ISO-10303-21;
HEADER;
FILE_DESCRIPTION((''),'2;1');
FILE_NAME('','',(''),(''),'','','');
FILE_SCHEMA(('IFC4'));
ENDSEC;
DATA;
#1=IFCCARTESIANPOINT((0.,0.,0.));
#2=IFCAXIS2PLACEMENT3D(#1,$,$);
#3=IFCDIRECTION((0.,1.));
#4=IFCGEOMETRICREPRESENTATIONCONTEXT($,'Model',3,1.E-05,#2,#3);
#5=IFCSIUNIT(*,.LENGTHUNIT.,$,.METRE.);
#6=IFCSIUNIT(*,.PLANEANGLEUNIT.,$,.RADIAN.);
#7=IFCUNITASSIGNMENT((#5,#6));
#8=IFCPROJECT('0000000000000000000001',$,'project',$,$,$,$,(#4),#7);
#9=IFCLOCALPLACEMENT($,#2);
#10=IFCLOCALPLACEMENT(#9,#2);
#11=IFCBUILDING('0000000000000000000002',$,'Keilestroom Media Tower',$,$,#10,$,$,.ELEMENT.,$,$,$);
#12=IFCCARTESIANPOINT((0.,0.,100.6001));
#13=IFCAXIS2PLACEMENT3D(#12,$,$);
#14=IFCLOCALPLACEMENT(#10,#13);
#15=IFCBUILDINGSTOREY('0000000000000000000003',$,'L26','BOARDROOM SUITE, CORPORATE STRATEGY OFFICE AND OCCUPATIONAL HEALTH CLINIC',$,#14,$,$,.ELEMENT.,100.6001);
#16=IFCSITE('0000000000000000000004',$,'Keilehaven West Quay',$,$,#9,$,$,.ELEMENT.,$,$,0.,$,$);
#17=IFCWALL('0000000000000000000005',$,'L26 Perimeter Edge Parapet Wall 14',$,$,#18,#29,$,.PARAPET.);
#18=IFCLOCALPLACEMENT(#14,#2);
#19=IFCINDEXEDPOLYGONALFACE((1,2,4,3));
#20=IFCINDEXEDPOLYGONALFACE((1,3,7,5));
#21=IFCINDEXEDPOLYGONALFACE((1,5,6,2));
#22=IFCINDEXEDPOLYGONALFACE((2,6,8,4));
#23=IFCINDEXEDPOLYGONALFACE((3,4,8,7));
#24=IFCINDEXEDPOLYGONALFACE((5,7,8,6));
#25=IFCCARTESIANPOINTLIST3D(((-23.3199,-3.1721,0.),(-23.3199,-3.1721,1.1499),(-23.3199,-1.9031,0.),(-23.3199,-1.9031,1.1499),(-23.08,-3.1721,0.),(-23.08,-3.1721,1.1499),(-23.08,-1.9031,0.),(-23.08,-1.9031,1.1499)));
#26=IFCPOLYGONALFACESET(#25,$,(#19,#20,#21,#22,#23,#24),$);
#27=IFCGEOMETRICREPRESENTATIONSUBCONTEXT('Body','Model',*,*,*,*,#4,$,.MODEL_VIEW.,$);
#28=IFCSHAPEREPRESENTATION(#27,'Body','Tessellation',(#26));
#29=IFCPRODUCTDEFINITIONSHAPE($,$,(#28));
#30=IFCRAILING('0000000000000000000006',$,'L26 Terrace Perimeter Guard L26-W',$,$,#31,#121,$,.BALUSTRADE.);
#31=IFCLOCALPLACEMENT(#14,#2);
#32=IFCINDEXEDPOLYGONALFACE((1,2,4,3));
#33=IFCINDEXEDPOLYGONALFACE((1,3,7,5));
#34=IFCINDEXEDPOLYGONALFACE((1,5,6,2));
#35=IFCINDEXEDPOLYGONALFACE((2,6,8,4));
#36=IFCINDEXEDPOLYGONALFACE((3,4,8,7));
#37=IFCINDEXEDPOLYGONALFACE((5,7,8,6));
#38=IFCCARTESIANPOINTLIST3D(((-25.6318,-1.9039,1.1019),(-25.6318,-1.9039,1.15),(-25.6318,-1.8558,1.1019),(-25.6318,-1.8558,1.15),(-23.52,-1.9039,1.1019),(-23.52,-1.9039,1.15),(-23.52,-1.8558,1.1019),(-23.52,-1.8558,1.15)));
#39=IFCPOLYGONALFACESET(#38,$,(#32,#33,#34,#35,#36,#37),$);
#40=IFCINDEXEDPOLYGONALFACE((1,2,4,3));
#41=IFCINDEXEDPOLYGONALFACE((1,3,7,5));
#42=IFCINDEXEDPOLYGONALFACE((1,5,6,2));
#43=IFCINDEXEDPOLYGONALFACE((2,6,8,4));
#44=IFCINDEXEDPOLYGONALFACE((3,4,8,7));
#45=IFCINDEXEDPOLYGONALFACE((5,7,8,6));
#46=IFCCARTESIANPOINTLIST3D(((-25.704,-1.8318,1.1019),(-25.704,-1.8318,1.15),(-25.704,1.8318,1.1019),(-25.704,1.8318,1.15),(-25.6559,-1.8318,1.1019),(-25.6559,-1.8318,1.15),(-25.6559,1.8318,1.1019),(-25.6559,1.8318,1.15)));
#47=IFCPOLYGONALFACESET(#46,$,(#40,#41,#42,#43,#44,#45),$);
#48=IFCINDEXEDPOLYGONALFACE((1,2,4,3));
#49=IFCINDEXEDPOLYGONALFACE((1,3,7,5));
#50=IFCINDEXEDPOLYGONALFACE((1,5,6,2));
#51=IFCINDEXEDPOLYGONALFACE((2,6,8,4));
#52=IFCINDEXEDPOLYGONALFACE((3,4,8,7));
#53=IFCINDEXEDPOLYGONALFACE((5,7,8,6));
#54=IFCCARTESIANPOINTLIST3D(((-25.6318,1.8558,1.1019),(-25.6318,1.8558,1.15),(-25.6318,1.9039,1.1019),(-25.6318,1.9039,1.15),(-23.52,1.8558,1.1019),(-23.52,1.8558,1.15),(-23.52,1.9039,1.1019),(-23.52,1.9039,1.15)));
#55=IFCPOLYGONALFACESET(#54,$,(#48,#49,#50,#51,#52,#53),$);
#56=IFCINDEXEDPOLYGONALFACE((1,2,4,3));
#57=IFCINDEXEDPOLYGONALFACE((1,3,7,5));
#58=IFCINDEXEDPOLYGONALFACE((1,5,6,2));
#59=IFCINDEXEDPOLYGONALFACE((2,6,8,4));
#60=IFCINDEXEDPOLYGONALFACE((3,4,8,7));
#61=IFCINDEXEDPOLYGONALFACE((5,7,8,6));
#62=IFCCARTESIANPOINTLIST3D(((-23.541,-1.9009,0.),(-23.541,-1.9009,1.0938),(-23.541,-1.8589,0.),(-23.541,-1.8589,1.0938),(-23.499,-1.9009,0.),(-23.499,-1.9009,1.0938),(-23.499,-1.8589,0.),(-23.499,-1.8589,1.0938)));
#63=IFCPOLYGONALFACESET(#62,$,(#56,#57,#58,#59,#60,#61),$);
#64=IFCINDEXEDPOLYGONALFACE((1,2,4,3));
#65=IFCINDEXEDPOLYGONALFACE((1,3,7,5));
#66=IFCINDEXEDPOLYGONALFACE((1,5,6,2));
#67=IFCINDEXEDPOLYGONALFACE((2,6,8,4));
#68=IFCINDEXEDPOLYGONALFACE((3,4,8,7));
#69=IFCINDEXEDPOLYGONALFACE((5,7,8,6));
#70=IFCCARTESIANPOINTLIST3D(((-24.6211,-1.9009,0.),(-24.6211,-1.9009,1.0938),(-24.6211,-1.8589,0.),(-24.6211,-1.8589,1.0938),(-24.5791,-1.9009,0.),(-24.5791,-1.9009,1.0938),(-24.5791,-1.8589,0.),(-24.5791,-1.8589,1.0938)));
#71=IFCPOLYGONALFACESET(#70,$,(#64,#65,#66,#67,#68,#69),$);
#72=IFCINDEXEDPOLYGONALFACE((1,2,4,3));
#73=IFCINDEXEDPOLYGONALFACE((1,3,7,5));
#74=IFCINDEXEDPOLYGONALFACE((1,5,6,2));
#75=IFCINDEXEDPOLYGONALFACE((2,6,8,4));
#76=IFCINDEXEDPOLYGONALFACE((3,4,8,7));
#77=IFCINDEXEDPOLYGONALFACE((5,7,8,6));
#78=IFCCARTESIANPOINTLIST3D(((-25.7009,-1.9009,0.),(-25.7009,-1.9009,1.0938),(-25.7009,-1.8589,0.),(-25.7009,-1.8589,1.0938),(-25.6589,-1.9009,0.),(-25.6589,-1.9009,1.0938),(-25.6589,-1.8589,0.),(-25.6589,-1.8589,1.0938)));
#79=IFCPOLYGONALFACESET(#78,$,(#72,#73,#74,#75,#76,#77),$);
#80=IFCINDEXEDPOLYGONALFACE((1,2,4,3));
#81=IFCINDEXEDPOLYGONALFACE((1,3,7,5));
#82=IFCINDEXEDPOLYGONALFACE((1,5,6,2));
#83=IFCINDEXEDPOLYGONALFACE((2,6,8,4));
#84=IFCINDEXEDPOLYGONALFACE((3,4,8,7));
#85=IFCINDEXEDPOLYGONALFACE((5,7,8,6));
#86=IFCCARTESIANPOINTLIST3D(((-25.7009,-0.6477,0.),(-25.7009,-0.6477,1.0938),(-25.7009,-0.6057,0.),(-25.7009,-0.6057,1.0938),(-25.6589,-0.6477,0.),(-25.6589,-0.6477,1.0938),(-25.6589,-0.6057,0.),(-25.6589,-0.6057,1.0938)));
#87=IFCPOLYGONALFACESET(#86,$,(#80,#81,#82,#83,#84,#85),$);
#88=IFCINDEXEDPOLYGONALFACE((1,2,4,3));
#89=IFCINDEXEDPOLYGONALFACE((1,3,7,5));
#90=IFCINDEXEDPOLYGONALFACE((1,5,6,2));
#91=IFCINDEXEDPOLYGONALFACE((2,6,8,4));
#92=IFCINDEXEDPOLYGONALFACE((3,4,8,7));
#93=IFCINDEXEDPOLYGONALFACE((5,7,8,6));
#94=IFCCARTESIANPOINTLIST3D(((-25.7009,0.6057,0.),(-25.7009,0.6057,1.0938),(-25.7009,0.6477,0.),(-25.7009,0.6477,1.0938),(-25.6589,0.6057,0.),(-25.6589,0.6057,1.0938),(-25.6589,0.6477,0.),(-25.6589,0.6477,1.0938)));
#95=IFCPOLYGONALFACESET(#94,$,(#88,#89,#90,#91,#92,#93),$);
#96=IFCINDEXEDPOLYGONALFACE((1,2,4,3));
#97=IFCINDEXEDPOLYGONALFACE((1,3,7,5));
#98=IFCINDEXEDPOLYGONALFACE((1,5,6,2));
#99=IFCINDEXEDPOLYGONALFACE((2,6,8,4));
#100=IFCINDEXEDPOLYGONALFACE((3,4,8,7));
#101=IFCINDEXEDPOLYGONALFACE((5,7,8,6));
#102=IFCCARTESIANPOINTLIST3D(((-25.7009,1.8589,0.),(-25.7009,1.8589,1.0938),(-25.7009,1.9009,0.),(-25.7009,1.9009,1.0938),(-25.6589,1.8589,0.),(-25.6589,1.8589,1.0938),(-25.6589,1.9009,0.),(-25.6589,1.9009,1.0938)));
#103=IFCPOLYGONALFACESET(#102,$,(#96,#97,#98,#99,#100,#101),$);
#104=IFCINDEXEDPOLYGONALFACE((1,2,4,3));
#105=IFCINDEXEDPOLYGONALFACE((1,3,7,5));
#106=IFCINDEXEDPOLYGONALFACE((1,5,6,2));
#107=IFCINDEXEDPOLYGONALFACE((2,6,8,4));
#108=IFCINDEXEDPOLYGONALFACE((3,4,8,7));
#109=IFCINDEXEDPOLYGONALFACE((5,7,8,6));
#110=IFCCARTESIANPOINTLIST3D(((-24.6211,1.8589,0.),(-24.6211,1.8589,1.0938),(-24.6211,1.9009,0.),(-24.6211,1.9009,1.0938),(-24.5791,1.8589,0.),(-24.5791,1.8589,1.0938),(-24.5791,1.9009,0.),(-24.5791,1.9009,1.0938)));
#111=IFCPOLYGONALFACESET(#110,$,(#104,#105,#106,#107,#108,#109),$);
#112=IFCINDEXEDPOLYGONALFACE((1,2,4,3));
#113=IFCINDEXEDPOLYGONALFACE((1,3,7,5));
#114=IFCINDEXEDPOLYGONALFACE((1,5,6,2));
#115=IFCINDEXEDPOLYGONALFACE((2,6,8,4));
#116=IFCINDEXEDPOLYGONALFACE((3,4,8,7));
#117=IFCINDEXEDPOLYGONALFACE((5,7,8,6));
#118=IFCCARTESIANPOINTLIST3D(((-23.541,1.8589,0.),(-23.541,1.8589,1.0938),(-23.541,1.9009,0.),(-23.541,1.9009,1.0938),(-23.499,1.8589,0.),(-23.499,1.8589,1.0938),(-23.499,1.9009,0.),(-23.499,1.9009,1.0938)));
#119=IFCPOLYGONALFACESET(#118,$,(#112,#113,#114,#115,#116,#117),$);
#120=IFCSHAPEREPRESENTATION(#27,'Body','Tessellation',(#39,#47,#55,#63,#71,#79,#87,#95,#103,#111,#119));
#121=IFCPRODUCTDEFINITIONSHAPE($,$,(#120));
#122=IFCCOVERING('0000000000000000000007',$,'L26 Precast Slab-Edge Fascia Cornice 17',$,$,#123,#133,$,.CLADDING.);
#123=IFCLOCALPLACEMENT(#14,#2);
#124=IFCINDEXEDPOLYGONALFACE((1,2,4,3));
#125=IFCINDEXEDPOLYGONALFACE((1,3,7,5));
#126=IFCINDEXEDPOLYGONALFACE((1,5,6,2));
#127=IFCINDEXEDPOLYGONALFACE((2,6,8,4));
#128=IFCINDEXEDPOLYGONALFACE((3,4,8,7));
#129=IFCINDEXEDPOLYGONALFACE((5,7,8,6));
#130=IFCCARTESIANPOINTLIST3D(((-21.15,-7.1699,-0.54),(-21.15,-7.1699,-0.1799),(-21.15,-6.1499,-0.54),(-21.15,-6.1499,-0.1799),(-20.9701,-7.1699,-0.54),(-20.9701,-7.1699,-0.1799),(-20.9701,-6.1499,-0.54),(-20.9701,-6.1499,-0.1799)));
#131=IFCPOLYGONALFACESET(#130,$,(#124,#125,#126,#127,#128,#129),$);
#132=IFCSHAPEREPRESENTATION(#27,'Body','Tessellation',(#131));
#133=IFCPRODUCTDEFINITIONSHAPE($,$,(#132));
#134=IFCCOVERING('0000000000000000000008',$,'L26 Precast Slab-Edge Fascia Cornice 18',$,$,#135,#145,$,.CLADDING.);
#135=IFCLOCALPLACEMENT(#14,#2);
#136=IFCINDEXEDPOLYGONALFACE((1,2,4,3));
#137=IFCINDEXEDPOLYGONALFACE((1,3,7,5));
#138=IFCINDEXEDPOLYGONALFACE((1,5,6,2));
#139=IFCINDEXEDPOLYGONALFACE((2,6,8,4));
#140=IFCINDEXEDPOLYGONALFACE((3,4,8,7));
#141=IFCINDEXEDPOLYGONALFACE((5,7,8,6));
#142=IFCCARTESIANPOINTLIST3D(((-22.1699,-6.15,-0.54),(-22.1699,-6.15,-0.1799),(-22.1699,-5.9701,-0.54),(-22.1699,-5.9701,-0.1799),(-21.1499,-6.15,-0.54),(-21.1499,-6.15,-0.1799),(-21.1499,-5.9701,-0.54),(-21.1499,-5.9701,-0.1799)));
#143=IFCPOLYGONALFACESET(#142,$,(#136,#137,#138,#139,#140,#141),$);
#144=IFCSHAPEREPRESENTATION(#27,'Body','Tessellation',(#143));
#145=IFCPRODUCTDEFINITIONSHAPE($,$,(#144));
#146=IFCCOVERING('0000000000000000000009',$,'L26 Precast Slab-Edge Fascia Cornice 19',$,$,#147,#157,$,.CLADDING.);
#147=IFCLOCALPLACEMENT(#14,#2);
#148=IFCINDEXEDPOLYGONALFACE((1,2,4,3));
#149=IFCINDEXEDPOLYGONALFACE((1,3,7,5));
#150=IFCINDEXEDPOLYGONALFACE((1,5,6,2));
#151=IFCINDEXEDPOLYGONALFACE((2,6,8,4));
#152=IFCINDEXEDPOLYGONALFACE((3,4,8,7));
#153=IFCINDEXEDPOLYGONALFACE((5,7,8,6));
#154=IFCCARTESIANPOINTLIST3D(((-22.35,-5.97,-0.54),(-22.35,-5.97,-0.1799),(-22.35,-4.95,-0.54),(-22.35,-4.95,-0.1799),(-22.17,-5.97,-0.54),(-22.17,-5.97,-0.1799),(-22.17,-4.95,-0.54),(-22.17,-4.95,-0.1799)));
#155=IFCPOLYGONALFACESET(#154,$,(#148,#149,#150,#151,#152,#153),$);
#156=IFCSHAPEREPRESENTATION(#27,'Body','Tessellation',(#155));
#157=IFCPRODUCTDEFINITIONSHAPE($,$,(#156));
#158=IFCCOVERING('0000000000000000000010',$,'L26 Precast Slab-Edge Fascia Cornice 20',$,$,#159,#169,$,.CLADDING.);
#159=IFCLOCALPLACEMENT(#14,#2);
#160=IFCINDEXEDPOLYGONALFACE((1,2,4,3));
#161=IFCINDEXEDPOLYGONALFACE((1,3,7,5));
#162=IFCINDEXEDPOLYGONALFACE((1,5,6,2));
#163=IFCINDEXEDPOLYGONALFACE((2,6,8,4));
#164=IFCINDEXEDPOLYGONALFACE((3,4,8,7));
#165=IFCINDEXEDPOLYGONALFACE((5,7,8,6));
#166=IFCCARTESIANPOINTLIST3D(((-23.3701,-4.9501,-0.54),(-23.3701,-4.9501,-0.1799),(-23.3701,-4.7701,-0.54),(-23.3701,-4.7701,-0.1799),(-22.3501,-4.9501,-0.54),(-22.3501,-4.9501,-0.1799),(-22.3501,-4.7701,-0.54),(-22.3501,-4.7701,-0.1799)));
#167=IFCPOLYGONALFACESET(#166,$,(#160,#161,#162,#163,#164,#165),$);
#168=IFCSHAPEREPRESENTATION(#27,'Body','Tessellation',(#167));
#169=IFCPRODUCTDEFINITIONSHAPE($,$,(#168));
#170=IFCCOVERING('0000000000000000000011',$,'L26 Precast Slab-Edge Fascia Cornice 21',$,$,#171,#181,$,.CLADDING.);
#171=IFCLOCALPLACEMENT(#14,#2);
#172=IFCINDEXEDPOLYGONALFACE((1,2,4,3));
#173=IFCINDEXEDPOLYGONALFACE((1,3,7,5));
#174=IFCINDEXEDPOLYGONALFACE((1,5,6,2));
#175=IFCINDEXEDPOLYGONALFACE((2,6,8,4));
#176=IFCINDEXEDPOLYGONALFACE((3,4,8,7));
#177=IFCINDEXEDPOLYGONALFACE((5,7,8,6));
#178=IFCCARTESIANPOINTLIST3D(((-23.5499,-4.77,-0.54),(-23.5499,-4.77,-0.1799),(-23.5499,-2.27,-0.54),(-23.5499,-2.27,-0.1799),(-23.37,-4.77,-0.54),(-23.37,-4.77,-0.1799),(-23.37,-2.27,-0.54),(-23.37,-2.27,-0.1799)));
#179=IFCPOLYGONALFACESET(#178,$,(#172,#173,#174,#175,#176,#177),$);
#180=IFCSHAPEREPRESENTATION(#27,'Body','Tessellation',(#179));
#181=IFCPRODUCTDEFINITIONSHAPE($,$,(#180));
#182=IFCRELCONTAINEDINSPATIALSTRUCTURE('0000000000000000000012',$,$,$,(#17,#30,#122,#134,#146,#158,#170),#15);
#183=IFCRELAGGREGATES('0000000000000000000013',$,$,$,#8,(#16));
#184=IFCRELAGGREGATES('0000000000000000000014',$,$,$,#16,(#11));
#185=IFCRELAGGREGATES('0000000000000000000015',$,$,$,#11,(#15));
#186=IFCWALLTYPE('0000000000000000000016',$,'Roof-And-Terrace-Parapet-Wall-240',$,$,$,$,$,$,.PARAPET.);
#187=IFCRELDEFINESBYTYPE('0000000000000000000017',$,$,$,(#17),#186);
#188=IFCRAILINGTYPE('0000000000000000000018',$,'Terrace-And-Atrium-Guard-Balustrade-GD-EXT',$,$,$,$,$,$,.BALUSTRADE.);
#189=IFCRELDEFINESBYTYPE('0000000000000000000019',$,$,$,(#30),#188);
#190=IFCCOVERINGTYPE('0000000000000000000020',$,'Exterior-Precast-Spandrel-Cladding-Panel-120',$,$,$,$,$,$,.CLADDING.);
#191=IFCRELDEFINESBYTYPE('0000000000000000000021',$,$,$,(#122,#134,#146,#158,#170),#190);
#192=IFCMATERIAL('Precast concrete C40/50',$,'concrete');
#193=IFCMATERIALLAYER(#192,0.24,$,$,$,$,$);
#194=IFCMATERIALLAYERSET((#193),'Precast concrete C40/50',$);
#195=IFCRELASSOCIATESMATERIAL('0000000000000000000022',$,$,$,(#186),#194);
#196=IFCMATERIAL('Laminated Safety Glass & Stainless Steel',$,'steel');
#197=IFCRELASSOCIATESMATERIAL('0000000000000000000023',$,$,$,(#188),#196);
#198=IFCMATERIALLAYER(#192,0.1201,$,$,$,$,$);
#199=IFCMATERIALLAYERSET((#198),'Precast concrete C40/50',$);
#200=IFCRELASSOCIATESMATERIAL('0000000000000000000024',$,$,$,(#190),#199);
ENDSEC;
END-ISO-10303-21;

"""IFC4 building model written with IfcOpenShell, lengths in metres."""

from ifc_helpers import new_model, si_unit, direction, frame, frame_2d, origin, origin_2d, place, context, subcontext, project, spatial, rectangle, extrude, source, transform, mapped, material, layer, layer_set, type_object, element, save


model = new_model("IFC4")

# Units and contexts
model_context = context("Model", 3, precision=1e-05, world=origin(), true_north=direction((0.0, 1.0)))
body_context = subcontext(model_context, "Body", "Model", "MODEL_VIEW")
ifc_project = project(units=[si_unit("LENGTHUNIT", "METRE"), si_unit("PLANEANGLEUNIT", "RADIAN")], contexts=[model_context])

# Site, building, storey
site_placement = place(None, origin())
site = spatial("IfcSite", under=ifc_project, at=site_placement, Name="Keilehaven West Quay", CompositionType="ELEMENT", RefElevation=0.0)
building_placement = place(site_placement, origin())
building = spatial("IfcBuilding", under=site, at=building_placement, Name="Keilestroom Media Tower", CompositionType="ELEMENT")
storey_placement = place(building_placement, frame((0.0, 0.0, 100.6001)))
storey = spatial("IfcBuildingStorey", under=building, at=storey_placement, Name="L26", Description="BOARDROOM SUITE, CORPORATE STRATEGY OFFICE AND OCCUPATIONAL HEALTH CLINIC", CompositionType="ELEMENT", Elevation=100.6001)

# Shared definitions
ifc_material_1 = material(Name="Precast concrete C40/50", Category="concrete")

# Wall
ifc_layer_1 = layer(ifc_material_1, 0.24)
ifc_layer_set_1 = layer_set([ifc_layer_1], Name="Precast concrete C40/50")
wall_type_1 = type_object("IfcWallType", Name="Roof-And-Terrace-Parapet-Wall-240", PredefinedType="PARAPET", material=ifc_layer_set_1)
wall_1_placement = place(storey_placement, frame((-23.2, -3.1721, 0.0), z_axis=(0.0, 0.0, 1.0), x_axis=(0.0, 1.0, 0.0)))
element("IfcWall", 1, at=wall_1_placement, inside=storey, type_object=wall_type_1, Name="L26 Perimeter Edge Parapet Wall 14", PredefinedType="PARAPET", context=body_context, shape_type="SweptSolid", body=[
    extrude(rectangle(XDim=1.269, YDim=0.24, at=frame_2d((0.6345, 0.0))), origin(), (0.0, 0.0, 1.0), 1.1499),
])

# Railing
ifc_material_2 = material(Name="Laminated Safety Glass & Stainless Steel", Category="steel")
railing_type = type_object("IfcRailingType", Name="Terrace-And-Atrium-Guard-Balustrade-GD-EXT", PredefinedType="BALUSTRADE", material=ifc_material_2)
railing_placement = place(storey_placement, frame((-23.52, -1.8799, 0.0)))
element("IfcRailing", 2, at=railing_placement, inside=storey, type_object=railing_type, Name="L26 Terrace Perimeter Guard L26-W", PredefinedType="BALUSTRADE", context=body_context, shape_type="SweptSolid", body=[
    extrude(rectangle(XDim=0.0481, YDim=0.0481, at=origin_2d()), frame((0.0, 0.0, 1.126), z_axis=(-1.0, 0.0, 0.0), x_axis=(0.0, -1.0, 0.0)), (0.0, 0.0, 1.0), 2.1118),
    extrude(rectangle(XDim=0.0481, YDim=0.0481, at=origin_2d()), frame((-2.1599, 0.0481, 1.126), z_axis=(0.0, 1.0, 0.0), x_axis=(-1.0, 0.0, 0.0)), (0.0, 0.0, 1.0), 3.6636),
    extrude(rectangle(XDim=0.0481, YDim=0.0481, at=origin_2d()), frame((-2.1118, 3.7598, 1.126), z_axis=(1.0, 0.0, 0.0), x_axis=(0.0, 1.0, 0.0)), (0.0, 0.0, 1.0), 2.1118),
    extrude(rectangle(XDim=0.042, YDim=0.042, at=origin_2d()), origin(), (0.0, 0.0, 1.0), 1.0938),
    extrude(rectangle(XDim=0.042, YDim=0.042, at=origin_2d()), frame((-1.0801, 0.0, 0.0)), (0.0, 0.0, 1.0), 1.0938),
    extrude(rectangle(XDim=0.042, YDim=0.042, at=origin_2d()), frame((-2.1599, 0.0, 0.0)), (0.0, 0.0, 1.0), 1.0938),
    extrude(rectangle(XDim=0.042, YDim=0.042, at=origin_2d()), frame((-2.1599, 1.2532, 0.0)), (0.0, 0.0, 1.0), 1.0938),
    extrude(rectangle(XDim=0.042, YDim=0.042, at=origin_2d()), frame((-2.1599, 2.5066, 0.0)), (0.0, 0.0, 1.0), 1.0938),
    extrude(rectangle(XDim=0.042, YDim=0.042, at=origin_2d()), frame((-2.1599, 3.7598, 0.0)), (0.0, 0.0, 1.0), 1.0938),
    extrude(rectangle(XDim=0.042, YDim=0.042, at=origin_2d()), frame((-1.0801, 3.7598, 0.0)), (0.0, 0.0, 1.0), 1.0938),
    extrude(rectangle(XDim=0.042, YDim=0.042, at=origin_2d()), frame((0.0, 3.7598, 0.0)), (0.0, 0.0, 1.0), 1.0938),
])

# Coverings
ifc_layer_2 = layer(ifc_material_1, 0.1201)
ifc_layer_set_2 = layer_set([ifc_layer_2], Name="Precast concrete C40/50")
covering_type = type_object("IfcCoveringType", Name="Exterior-Precast-Spandrel-Cladding-Panel-120", PredefinedType="CLADDING", material=ifc_layer_set_2)
shared_shape_1 = source(origin(), body_context, "Body", "SweptSolid", [
    extrude(rectangle(XDim=1.02, YDim=0.1799, at=origin_2d()), origin(), (0.0, 0.0, 1.0), 0.3601),
])
for number, where, z_axis, x_axis, name in (
    (3, (-21.0601, -6.6599, -0.54), (0.0, 0.0, 1.0), (0.0, 1.0, 0.0), "L26 Precast Slab-Edge Fascia Cornice 17"),
    (4, (-21.6599, -6.0601, -0.54), (0.0, 0.0, 1.0), (-1.0, 0.0, 0.0), "L26 Precast Slab-Edge Fascia Cornice 18"),
    (5, (-22.26, -5.46, -0.54), (0.0, 0.0, 1.0), (0.0, 1.0, 0.0), "L26 Precast Slab-Edge Fascia Cornice 19"),
    (6, (-22.8601, -4.8601, -0.54), (0.0, 0.0, 1.0), (-1.0, 0.0, 0.0), "L26 Precast Slab-Edge Fascia Cornice 20"),
):
    element("IfcCovering", number, at=place(storey_placement, frame(where, z_axis=z_axis, x_axis=x_axis)), inside=storey, type_object=covering_type, Name=name, PredefinedType="CLADDING", context=body_context, shape_type="MappedRepresentation", body=[
        mapped(shared_shape_1, transform((0.0, 0.0, 0.0), x_axis=(1.0, 0.0, 0.0), y_axis=(0.0, 1.0, 0.0), z_axis=(0.0, 0.0, 1.0), scale=1.0)),
    ])
shared_shape_2 = source(origin(), body_context, "Body", "SweptSolid", [
    extrude(rectangle(XDim=2.5, YDim=0.1799, at=origin_2d()), origin(), (0.0, 0.0, 1.0), 0.3601),
])
covering_placement = place(storey_placement, frame((-23.46, -3.52, -0.54), z_axis=(0.0, 0.0, 1.0), x_axis=(0.0, 1.0, 0.0)))
element("IfcCovering", 7, at=covering_placement, inside=storey, type_object=covering_type, Name="L26 Precast Slab-Edge Fascia Cornice 21", PredefinedType="CLADDING", context=body_context, shape_type="MappedRepresentation", body=[
    mapped(shared_shape_2, transform((0.0, 0.0, 0.0), x_axis=(1.0, 0.0, 0.0), y_axis=(0.0, 1.0, 0.0), z_axis=(0.0, 0.0, 1.0), scale=1.0)),
])

save(model, "model.ifc")
